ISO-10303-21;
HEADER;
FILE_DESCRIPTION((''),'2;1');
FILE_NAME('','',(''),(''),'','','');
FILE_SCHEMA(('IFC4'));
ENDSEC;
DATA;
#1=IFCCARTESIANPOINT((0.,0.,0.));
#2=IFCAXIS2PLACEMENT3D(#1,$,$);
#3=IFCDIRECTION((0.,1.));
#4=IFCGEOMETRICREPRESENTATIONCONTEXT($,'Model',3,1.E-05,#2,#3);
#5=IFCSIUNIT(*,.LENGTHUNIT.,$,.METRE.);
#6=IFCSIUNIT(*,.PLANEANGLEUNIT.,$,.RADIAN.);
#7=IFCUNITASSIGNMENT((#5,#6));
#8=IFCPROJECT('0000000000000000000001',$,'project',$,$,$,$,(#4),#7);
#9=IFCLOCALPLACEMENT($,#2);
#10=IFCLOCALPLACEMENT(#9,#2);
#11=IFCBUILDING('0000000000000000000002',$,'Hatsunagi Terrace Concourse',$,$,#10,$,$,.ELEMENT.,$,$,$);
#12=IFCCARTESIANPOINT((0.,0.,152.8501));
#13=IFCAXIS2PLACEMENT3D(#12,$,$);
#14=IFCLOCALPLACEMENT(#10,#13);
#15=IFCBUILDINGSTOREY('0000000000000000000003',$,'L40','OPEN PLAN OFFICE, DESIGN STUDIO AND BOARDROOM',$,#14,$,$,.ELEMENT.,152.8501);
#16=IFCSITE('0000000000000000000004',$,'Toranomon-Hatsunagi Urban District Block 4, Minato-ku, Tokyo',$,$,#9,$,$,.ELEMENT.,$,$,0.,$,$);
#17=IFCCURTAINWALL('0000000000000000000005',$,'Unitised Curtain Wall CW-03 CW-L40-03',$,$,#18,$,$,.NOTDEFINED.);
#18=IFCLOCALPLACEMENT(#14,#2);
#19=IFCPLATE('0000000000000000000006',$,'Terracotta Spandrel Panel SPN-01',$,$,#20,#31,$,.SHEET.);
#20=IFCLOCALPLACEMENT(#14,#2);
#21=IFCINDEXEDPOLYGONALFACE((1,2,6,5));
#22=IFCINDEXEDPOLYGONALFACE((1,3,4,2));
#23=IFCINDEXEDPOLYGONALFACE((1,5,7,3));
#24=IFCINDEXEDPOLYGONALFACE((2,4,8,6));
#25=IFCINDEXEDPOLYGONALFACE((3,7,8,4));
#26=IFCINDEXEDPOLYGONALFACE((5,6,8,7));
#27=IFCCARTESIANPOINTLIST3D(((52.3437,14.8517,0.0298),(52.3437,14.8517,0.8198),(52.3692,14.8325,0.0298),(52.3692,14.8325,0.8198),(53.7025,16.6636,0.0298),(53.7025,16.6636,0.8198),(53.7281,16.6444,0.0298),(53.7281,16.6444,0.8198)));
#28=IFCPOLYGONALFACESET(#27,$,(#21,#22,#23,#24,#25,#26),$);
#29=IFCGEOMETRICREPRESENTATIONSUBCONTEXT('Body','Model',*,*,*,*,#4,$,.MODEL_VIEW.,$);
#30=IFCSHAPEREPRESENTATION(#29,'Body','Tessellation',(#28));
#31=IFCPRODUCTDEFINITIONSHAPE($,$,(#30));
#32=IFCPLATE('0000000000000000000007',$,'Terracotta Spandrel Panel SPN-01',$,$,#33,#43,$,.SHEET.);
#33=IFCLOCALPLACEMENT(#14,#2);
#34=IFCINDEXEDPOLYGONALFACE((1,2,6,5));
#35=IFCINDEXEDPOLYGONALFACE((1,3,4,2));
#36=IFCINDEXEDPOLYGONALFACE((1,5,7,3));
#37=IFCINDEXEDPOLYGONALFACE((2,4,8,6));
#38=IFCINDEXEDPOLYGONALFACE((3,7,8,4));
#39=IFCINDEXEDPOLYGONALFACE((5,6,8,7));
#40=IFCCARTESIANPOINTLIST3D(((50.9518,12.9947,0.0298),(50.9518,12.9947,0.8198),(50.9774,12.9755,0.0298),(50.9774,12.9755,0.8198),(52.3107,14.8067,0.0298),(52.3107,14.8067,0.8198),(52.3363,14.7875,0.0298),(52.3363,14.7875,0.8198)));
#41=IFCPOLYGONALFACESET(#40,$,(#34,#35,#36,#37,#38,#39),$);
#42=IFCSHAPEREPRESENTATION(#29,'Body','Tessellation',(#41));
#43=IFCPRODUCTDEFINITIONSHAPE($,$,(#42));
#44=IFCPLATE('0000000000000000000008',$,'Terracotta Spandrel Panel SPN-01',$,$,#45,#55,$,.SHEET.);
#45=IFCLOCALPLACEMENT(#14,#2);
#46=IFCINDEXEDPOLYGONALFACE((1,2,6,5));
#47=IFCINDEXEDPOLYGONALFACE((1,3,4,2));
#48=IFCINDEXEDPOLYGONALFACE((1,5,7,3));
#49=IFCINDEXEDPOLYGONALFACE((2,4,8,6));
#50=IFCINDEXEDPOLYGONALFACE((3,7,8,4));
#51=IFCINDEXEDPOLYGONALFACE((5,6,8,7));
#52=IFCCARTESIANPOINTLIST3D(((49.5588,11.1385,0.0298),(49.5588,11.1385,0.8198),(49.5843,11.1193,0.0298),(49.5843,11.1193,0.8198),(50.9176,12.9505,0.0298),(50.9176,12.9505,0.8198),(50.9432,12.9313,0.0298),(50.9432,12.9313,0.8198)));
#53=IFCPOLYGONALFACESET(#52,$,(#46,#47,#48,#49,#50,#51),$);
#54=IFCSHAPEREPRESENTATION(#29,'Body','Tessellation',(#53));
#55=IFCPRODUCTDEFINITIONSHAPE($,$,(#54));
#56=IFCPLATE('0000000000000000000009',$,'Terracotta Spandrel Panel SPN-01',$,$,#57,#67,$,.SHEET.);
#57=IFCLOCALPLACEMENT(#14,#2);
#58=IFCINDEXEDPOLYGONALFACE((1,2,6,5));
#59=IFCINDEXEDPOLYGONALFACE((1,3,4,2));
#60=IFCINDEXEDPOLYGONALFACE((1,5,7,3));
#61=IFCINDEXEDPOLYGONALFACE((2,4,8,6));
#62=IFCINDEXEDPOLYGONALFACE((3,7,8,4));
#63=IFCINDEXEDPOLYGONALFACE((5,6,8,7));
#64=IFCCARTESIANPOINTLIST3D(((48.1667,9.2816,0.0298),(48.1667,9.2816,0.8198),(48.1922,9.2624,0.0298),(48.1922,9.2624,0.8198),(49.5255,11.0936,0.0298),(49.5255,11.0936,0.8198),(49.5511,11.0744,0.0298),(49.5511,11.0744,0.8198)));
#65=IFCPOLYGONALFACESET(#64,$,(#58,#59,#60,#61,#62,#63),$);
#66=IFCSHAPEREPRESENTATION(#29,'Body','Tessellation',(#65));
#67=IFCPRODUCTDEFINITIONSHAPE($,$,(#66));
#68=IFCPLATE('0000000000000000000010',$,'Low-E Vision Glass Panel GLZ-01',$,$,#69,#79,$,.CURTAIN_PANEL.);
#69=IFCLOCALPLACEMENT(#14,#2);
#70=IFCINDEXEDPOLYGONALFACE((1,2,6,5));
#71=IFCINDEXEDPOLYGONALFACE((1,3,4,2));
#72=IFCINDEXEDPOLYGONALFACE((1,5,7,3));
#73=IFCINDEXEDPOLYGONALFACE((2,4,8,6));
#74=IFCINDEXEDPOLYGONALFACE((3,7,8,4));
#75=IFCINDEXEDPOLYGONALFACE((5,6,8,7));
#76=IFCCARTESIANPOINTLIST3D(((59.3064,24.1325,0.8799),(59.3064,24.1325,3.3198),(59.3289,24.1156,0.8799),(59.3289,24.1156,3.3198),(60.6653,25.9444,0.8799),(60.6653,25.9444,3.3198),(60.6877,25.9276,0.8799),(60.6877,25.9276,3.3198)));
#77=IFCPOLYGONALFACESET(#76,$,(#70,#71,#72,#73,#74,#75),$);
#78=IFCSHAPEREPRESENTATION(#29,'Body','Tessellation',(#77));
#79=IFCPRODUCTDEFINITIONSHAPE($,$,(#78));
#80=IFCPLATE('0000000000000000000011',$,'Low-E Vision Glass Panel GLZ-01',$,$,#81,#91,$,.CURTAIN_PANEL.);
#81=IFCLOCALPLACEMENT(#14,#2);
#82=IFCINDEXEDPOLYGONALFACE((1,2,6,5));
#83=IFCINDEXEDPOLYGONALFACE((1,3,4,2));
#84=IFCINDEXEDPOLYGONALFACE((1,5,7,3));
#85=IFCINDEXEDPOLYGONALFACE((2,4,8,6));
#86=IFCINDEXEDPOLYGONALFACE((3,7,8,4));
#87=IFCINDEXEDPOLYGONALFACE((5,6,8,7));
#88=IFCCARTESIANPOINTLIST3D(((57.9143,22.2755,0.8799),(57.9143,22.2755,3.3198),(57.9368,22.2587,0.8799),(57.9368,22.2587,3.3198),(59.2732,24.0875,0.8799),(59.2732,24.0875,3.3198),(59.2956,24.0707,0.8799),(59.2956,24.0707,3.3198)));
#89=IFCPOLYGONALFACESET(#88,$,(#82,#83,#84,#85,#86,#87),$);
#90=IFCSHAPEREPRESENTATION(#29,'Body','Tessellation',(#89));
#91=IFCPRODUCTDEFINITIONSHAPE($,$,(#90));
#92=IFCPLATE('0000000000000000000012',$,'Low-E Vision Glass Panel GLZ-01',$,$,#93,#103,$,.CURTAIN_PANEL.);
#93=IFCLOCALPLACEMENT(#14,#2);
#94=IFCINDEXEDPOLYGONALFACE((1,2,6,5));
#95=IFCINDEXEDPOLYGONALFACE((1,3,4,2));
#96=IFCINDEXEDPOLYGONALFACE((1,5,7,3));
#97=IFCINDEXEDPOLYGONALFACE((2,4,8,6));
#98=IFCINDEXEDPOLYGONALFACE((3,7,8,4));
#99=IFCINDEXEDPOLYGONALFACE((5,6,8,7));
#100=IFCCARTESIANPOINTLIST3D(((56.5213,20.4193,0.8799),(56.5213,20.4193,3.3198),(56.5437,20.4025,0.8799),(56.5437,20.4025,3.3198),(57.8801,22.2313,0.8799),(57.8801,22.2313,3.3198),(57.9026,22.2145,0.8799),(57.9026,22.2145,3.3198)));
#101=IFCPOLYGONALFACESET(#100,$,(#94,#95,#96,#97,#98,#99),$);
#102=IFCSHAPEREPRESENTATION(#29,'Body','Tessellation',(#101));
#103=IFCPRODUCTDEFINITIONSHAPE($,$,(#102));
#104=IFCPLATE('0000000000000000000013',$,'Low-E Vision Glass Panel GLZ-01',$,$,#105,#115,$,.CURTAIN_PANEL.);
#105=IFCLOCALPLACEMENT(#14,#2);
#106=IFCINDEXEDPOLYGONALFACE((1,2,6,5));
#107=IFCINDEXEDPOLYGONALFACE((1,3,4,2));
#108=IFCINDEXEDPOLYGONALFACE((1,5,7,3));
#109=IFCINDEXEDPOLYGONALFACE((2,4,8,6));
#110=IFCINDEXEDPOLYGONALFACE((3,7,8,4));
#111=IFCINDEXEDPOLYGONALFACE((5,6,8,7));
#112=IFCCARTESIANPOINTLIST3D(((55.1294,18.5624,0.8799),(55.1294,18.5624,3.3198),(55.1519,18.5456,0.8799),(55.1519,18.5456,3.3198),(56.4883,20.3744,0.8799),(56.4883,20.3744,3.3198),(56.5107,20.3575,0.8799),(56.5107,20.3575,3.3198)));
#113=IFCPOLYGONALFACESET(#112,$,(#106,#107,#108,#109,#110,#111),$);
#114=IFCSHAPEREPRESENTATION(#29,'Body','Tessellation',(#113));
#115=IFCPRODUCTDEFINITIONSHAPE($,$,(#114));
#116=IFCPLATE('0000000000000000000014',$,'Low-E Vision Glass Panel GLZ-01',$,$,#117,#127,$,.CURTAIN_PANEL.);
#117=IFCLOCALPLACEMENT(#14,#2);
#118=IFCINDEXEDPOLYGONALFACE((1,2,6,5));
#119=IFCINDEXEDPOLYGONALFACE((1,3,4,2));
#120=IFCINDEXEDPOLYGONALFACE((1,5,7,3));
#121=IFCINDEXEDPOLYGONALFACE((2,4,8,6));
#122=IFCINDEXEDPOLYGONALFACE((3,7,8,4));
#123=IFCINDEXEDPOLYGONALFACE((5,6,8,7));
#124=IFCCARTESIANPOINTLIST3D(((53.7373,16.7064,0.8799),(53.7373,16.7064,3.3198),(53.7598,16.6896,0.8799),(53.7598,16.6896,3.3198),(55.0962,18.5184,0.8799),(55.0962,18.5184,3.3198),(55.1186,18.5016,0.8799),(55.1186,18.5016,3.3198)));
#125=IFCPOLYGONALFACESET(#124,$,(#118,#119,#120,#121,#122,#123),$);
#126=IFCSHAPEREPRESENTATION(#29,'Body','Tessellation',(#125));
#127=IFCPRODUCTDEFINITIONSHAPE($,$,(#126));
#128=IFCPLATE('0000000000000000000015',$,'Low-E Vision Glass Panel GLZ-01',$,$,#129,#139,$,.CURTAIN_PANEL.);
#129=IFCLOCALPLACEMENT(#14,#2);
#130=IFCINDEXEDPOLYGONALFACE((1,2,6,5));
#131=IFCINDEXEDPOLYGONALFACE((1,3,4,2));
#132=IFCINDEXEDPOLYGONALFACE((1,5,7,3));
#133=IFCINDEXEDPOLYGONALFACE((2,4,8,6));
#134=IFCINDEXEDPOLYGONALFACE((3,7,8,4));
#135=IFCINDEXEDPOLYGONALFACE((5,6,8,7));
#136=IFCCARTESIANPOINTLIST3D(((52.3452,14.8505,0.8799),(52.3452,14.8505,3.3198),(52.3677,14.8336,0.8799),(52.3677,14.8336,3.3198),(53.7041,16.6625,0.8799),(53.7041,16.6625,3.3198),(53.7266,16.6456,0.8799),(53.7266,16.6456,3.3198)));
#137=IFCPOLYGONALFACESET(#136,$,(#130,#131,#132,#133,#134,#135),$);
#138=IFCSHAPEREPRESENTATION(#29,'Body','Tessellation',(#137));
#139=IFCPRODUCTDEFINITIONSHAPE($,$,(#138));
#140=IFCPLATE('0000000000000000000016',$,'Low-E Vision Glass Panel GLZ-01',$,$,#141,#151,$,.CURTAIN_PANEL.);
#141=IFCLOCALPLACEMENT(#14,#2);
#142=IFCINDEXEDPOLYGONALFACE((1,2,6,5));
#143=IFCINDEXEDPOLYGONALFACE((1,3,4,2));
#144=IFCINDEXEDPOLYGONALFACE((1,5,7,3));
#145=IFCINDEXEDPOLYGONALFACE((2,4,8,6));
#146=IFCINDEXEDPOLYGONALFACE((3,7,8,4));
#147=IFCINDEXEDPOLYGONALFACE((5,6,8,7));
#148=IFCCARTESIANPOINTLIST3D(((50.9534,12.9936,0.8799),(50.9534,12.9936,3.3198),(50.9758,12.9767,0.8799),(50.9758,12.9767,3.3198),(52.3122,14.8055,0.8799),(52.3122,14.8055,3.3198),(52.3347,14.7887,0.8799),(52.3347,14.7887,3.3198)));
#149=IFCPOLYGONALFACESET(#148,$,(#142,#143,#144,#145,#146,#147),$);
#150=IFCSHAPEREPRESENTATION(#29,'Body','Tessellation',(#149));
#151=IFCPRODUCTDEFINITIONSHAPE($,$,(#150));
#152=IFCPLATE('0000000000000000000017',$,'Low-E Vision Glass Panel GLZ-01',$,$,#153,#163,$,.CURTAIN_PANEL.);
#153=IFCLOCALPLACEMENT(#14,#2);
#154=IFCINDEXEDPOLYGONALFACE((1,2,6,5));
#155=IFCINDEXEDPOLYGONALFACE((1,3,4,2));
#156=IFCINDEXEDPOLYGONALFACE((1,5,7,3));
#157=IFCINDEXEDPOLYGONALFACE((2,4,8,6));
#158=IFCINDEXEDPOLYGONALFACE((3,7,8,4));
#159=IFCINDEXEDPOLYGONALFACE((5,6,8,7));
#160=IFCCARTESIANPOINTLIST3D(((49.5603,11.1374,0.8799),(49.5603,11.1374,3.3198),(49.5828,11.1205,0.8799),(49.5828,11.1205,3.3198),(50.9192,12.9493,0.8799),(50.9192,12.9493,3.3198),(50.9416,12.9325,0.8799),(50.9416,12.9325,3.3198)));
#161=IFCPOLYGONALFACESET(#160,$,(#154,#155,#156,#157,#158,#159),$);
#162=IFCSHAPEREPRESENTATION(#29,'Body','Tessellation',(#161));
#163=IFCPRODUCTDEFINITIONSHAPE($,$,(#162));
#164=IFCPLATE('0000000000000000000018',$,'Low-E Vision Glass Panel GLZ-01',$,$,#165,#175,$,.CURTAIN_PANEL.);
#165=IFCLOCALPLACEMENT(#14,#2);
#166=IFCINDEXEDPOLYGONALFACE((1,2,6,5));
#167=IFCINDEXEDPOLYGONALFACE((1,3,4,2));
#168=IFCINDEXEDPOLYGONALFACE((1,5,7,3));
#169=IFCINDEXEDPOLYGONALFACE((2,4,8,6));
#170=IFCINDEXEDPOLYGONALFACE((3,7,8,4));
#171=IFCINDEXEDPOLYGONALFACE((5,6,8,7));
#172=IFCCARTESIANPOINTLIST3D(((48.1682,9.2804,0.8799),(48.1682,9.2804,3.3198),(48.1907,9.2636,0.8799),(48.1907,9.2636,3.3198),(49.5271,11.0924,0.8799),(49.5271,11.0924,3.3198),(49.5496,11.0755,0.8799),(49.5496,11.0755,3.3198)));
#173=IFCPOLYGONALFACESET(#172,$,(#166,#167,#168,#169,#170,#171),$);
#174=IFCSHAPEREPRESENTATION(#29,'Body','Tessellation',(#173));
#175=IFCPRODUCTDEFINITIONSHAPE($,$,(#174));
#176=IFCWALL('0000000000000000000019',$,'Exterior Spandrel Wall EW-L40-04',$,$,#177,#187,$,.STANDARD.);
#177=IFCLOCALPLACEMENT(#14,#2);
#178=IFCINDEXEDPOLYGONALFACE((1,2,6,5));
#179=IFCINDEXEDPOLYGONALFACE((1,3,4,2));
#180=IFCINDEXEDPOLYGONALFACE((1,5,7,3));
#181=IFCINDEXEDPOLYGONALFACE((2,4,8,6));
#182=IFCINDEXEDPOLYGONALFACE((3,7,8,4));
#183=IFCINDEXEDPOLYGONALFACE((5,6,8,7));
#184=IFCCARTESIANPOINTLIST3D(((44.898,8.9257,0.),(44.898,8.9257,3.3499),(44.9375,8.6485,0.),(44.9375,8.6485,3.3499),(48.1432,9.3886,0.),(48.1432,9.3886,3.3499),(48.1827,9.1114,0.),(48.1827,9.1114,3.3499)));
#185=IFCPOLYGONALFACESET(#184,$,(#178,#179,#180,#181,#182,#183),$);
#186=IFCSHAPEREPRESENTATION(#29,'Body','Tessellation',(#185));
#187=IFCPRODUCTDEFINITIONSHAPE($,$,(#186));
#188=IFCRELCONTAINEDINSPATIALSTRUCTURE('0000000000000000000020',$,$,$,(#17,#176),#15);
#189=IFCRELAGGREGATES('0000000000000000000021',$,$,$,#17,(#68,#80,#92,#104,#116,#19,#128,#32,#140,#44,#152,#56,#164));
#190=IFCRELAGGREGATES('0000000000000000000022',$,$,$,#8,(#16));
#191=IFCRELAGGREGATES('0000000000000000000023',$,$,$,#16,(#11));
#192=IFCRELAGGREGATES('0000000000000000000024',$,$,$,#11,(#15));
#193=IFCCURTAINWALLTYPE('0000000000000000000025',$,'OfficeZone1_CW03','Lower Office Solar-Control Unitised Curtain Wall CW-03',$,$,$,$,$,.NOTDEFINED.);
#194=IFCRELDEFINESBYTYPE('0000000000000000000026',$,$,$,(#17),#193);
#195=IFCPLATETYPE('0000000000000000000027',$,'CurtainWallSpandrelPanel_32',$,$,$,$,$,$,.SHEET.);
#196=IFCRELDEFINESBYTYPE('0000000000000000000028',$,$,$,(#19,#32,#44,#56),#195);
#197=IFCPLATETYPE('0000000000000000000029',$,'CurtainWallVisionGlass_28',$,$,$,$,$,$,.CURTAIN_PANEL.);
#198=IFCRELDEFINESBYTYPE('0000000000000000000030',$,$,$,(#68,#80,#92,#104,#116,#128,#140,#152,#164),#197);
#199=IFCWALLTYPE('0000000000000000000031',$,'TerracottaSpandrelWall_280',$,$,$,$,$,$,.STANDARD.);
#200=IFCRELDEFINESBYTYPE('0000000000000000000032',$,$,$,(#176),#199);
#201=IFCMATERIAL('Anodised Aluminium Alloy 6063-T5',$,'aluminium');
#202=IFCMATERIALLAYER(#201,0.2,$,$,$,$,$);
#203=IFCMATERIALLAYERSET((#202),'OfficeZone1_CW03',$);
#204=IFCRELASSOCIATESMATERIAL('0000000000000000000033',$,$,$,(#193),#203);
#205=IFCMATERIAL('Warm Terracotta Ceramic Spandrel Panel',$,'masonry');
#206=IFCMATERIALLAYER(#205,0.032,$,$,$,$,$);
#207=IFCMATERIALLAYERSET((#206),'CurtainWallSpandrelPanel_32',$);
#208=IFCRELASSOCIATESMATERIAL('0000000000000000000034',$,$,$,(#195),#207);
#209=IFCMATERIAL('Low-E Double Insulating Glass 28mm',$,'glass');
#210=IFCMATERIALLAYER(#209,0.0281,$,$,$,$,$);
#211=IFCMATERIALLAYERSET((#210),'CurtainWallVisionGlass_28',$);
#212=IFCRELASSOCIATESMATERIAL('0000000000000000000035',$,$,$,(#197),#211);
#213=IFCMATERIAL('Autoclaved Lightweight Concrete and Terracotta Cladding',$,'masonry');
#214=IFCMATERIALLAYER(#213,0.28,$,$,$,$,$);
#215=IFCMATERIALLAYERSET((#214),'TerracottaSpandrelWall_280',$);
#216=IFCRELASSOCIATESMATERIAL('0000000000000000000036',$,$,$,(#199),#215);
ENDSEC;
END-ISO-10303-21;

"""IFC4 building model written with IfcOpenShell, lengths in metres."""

from ifc_helpers import new_model, si_unit, direction, frame, frame_2d, origin, origin_2d, place, context, subcontext, project, spatial, rectangle, extrude, material, layer, layer_set, type_object, element, aggregate, save


model = new_model("IFC4")

# Units and contexts
model_context = context("Model", 3, precision=1e-05, world=origin(), true_north=direction((0.0, 1.0)))
body_context = subcontext(model_context, "Body", "Model", "MODEL_VIEW")
ifc_project = project(units=[si_unit("LENGTHUNIT", "METRE"), si_unit("PLANEANGLEUNIT", "RADIAN")], contexts=[model_context])

# Site, building, storey
site_placement = place(None, origin())
site = spatial("IfcSite", under=ifc_project, at=site_placement, Name="Toranomon-Hatsunagi Urban District Block 4, Minato-ku, Tokyo", CompositionType="ELEMENT", RefElevation=0.0)
building_placement = place(site_placement, origin())
building = spatial("IfcBuilding", under=site, at=building_placement, Name="Hatsunagi Terrace Concourse", CompositionType="ELEMENT")
storey_placement = place(building_placement, frame((0.0, 0.0, 152.8501)))
storey = spatial("IfcBuildingStorey", under=building, at=storey_placement, Name="L40", Description="OPEN PLAN OFFICE, DESIGN STUDIO AND BOARDROOM", CompositionType="ELEMENT", Elevation=152.8501)

# Curtain wall
ifc_material_1 = material(Name="Anodised Aluminium Alloy 6063-T5", Category="aluminium")
ifc_layer_1 = layer(ifc_material_1, 0.2)
ifc_layer_set_1 = layer_set([ifc_layer_1], Name="OfficeZone1_CW03")
curtain_wall_type = type_object("IfcCurtainWallType", Name="OfficeZone1_CW03", Description="Lower Office Solar-Control Unitised Curtain Wall CW-03", PredefinedType="NOTDEFINED", material=ifc_layer_set_1)
curtain_wall_placement = place(storey_placement, origin())
curtain_wall = element("IfcCurtainWall", 1, at=curtain_wall_placement, inside=storey, type_object=curtain_wall_type, Name="Unitised Curtain Wall CW-03 CW-L40-03", PredefinedType="NOTDEFINED")

# Plates
ifc_material_2 = material(Name="Warm Terracotta Ceramic Spandrel Panel", Category="masonry")
ifc_layer_2 = layer(ifc_material_2, 0.032)
ifc_layer_set_2 = layer_set([ifc_layer_2], Name="CurtainWallSpandrelPanel_32")
plate_type_1 = type_object("IfcPlateType", Name="CurtainWallSpandrelPanel_32", PredefinedType="SHEET", material=ifc_layer_set_2)
plate_1_placement = place(storey_placement, frame((53.0359, 15.748, 0.0298), z_axis=(0.0, 0.0, 1.0), x_axis=(-0.599969, -0.800023, 0.0)))
plate_1 = element("IfcPlate", 2, at=plate_1_placement, type_object=plate_type_1, Name="Terracotta Spandrel Panel SPN-01", PredefinedType="SHEET", context=body_context, shape_type="SweptSolid", body=[
    extrude(rectangle(XDim=2.2649, YDim=0.032, at=origin_2d()), origin(), (0.0, 0.0, 1.0), 0.79),
])
plate_2_placement = place(storey_placement, frame((51.644, 13.8911, 0.0298), z_axis=(0.0, 0.0, 1.0), x_axis=(-0.599969, -0.800023, 0.0)))
plate_2 = element("IfcPlate", 3, at=plate_2_placement, type_object=plate_type_1, Name="Terracotta Spandrel Panel SPN-01", PredefinedType="SHEET", context=body_context, shape_type="SweptSolid", body=[
    extrude(rectangle(XDim=2.2649, YDim=0.032, at=origin_2d()), origin(), (0.0, 0.0, 1.0), 0.79),
])
plate_3_placement = place(storey_placement, frame((50.251, 12.0349, 0.0298), z_axis=(0.0, 0.0, 1.0), x_axis=(-0.599969, -0.800023, 0.0)))
plate_3 = element("IfcPlate", 4, at=plate_3_placement, type_object=plate_type_1, Name="Terracotta Spandrel Panel SPN-01", PredefinedType="SHEET", context=body_context, shape_type="SweptSolid", body=[
    extrude(rectangle(XDim=2.2649, YDim=0.032, at=origin_2d()), origin(), (0.0, 0.0, 1.0), 0.79),
])
plate_4_placement = place(storey_placement, frame((48.8589, 10.178, 0.0298), z_axis=(0.0, 0.0, 1.0), x_axis=(-0.599969, -0.800023, 0.0)))
plate_4 = element("IfcPlate", 5, at=plate_4_placement, type_object=plate_type_1, Name="Terracotta Spandrel Panel SPN-01", PredefinedType="SHEET", context=body_context, shape_type="SweptSolid", body=[
    extrude(rectangle(XDim=2.2649, YDim=0.032, at=origin_2d()), origin(), (0.0, 0.0, 1.0), 0.79),
])
ifc_material_3 = material(Name="Low-E Double Insulating Glass 28mm", Category="glass")
ifc_layer_3 = layer(ifc_material_3, 0.0281)
ifc_layer_set_3 = layer_set([ifc_layer_3], Name="CurtainWallVisionGlass_28")
plate_type_2 = type_object("IfcPlateType", Name="CurtainWallVisionGlass_28", PredefinedType="CURTAIN_PANEL", material=ifc_layer_set_3)
plate_5_placement = place(storey_placement, frame((59.9971, 25.03, 0.8799), z_axis=(0.0, 0.0, 1.0), x_axis=(-0.599969, -0.800023, 0.0)))
plate_5 = element("IfcPlate", 6, at=plate_5_placement, type_object=plate_type_2, Name="Low-E Vision Glass Panel GLZ-01", PredefinedType="CURTAIN_PANEL", context=body_context, shape_type="SweptSolid", body=[
    extrude(rectangle(XDim=2.2649, YDim=0.0281, at=origin_2d()), origin(), (0.0, 0.0, 1.0), 2.4399),
])
plate_6_placement = place(storey_placement, frame((58.605, 23.1731, 0.8799), z_axis=(0.0, 0.0, 1.0), x_axis=(-0.599969, -0.800023, 0.0)))
plate_6 = element("IfcPlate", 7, at=plate_6_placement, type_object=plate_type_2, Name="Low-E Vision Glass Panel GLZ-01", PredefinedType="CURTAIN_PANEL", context=body_context, shape_type="SweptSolid", body=[
    extrude(rectangle(XDim=2.2649, YDim=0.0281, at=origin_2d()), origin(), (0.0, 0.0, 1.0), 2.4399),
])
plate_7_placement = place(storey_placement, frame((57.2119, 21.3169, 0.8799), z_axis=(0.0, 0.0, 1.0), x_axis=(-0.599969, -0.800023, 0.0)))
plate_7 = element("IfcPlate", 8, at=plate_7_placement, type_object=plate_type_2, Name="Low-E Vision Glass Panel GLZ-01", PredefinedType="CURTAIN_PANEL", context=body_context, shape_type="SweptSolid", body=[
    extrude(rectangle(XDim=2.2649, YDim=0.0281, at=origin_2d()), origin(), (0.0, 0.0, 1.0), 2.4399),
])
plate_8_placement = place(storey_placement, frame((55.8201, 19.46, 0.8799), z_axis=(0.0, 0.0, 1.0), x_axis=(-0.599969, -0.800023, 0.0)))
plate_8 = element("IfcPlate", 9, at=plate_8_placement, type_object=plate_type_2, Name="Low-E Vision Glass Panel GLZ-01", PredefinedType="CURTAIN_PANEL", context=body_context, shape_type="SweptSolid", body=[
    extrude(rectangle(XDim=2.2649, YDim=0.0281, at=origin_2d()), origin(), (0.0, 0.0, 1.0), 2.4399),
])
plate_9_placement = place(storey_placement, frame((54.428, 17.604, 0.8799), z_axis=(0.0, 0.0, 1.0), x_axis=(-0.599969, -0.800023, 0.0)))
plate_9 = element("IfcPlate", 10, at=plate_9_placement, type_object=plate_type_2, Name="Low-E Vision Glass Panel GLZ-01", PredefinedType="CURTAIN_PANEL", context=body_context, shape_type="SweptSolid", body=[
    extrude(rectangle(XDim=2.2649, YDim=0.0281, at=origin_2d()), origin(), (0.0, 0.0, 1.0), 2.4399),
])
plate_10_placement = place(storey_placement, frame((53.0359, 15.748, 0.8799), z_axis=(0.0, 0.0, 1.0), x_axis=(-0.599969, -0.800023, 0.0)))
plate_10 = element("IfcPlate", 11, at=plate_10_placement, type_object=plate_type_2, Name="Low-E Vision Glass Panel GLZ-01", PredefinedType="CURTAIN_PANEL", context=body_context, shape_type="SweptSolid", body=[
    extrude(rectangle(XDim=2.2649, YDim=0.0281, at=origin_2d()), origin(), (0.0, 0.0, 1.0), 2.4399),
])
plate_11_placement = place(storey_placement, frame((51.644, 13.8911, 0.8799), z_axis=(0.0, 0.0, 1.0), x_axis=(-0.599969, -0.800023, 0.0)))
plate_11 = element("IfcPlate", 12, at=plate_11_placement, type_object=plate_type_2, Name="Low-E Vision Glass Panel GLZ-01", PredefinedType="CURTAIN_PANEL", context=body_context, shape_type="SweptSolid", body=[
    extrude(rectangle(XDim=2.2649, YDim=0.0281, at=origin_2d()), origin(), (0.0, 0.0, 1.0), 2.4399),
])
plate_12_placement = place(storey_placement, frame((50.251, 12.0349, 0.8799), z_axis=(0.0, 0.0, 1.0), x_axis=(-0.599969, -0.800023, 0.0)))
plate_12 = element("IfcPlate", 13, at=plate_12_placement, type_object=plate_type_2, Name="Low-E Vision Glass Panel GLZ-01", PredefinedType="CURTAIN_PANEL", context=body_context, shape_type="SweptSolid", body=[
    extrude(rectangle(XDim=2.2649, YDim=0.0281, at=origin_2d()), origin(), (0.0, 0.0, 1.0), 2.4399),
])
plate_13_placement = place(storey_placement, frame((48.8589, 10.178, 0.8799), z_axis=(0.0, 0.0, 1.0), x_axis=(-0.599969, -0.800023, 0.0)))
plate_13 = element("IfcPlate", 14, at=plate_13_placement, type_object=plate_type_2, Name="Low-E Vision Glass Panel GLZ-01", PredefinedType="CURTAIN_PANEL", context=body_context, shape_type="SweptSolid", body=[
    extrude(rectangle(XDim=2.2649, YDim=0.0281, at=origin_2d()), origin(), (0.0, 0.0, 1.0), 2.4399),
])
aggregate(curtain_wall, [plate_5, plate_6, plate_7, plate_8, plate_9, plate_1, plate_10, plate_2, plate_11, plate_3, plate_12, plate_4, plate_13])

# Wall
ifc_material_4 = material(Name="Autoclaved Lightweight Concrete and Terracotta Cladding", Category="masonry")
ifc_layer_4 = layer(ifc_material_4, 0.28)
ifc_layer_set_4 = layer_set([ifc_layer_4], Name="TerracottaSpandrelWall_280")
wall_type = type_object("IfcWallType", Name="TerracottaSpandrelWall_280", PredefinedType="STANDARD", material=ifc_layer_set_4)
wall_placement = place(storey_placement, frame((48.1631, 9.25, 0.0), z_axis=(0.0, 0.0, 1.0), x_axis=(-0.989979, -0.141213, 0.0)))
element("IfcWall", 15, at=wall_placement, inside=storey, type_object=wall_type, Name="Exterior Spandrel Wall EW-L40-04", PredefinedType="STANDARD", context=body_context, shape_type="SweptSolid", body=[
    extrude(rectangle(XDim=3.2781, YDim=0.28, at=frame_2d((1.6392, 0.0))), origin(), (0.0, 0.0, 1.0), 3.3499),
])

save(model, "model.ifc")
